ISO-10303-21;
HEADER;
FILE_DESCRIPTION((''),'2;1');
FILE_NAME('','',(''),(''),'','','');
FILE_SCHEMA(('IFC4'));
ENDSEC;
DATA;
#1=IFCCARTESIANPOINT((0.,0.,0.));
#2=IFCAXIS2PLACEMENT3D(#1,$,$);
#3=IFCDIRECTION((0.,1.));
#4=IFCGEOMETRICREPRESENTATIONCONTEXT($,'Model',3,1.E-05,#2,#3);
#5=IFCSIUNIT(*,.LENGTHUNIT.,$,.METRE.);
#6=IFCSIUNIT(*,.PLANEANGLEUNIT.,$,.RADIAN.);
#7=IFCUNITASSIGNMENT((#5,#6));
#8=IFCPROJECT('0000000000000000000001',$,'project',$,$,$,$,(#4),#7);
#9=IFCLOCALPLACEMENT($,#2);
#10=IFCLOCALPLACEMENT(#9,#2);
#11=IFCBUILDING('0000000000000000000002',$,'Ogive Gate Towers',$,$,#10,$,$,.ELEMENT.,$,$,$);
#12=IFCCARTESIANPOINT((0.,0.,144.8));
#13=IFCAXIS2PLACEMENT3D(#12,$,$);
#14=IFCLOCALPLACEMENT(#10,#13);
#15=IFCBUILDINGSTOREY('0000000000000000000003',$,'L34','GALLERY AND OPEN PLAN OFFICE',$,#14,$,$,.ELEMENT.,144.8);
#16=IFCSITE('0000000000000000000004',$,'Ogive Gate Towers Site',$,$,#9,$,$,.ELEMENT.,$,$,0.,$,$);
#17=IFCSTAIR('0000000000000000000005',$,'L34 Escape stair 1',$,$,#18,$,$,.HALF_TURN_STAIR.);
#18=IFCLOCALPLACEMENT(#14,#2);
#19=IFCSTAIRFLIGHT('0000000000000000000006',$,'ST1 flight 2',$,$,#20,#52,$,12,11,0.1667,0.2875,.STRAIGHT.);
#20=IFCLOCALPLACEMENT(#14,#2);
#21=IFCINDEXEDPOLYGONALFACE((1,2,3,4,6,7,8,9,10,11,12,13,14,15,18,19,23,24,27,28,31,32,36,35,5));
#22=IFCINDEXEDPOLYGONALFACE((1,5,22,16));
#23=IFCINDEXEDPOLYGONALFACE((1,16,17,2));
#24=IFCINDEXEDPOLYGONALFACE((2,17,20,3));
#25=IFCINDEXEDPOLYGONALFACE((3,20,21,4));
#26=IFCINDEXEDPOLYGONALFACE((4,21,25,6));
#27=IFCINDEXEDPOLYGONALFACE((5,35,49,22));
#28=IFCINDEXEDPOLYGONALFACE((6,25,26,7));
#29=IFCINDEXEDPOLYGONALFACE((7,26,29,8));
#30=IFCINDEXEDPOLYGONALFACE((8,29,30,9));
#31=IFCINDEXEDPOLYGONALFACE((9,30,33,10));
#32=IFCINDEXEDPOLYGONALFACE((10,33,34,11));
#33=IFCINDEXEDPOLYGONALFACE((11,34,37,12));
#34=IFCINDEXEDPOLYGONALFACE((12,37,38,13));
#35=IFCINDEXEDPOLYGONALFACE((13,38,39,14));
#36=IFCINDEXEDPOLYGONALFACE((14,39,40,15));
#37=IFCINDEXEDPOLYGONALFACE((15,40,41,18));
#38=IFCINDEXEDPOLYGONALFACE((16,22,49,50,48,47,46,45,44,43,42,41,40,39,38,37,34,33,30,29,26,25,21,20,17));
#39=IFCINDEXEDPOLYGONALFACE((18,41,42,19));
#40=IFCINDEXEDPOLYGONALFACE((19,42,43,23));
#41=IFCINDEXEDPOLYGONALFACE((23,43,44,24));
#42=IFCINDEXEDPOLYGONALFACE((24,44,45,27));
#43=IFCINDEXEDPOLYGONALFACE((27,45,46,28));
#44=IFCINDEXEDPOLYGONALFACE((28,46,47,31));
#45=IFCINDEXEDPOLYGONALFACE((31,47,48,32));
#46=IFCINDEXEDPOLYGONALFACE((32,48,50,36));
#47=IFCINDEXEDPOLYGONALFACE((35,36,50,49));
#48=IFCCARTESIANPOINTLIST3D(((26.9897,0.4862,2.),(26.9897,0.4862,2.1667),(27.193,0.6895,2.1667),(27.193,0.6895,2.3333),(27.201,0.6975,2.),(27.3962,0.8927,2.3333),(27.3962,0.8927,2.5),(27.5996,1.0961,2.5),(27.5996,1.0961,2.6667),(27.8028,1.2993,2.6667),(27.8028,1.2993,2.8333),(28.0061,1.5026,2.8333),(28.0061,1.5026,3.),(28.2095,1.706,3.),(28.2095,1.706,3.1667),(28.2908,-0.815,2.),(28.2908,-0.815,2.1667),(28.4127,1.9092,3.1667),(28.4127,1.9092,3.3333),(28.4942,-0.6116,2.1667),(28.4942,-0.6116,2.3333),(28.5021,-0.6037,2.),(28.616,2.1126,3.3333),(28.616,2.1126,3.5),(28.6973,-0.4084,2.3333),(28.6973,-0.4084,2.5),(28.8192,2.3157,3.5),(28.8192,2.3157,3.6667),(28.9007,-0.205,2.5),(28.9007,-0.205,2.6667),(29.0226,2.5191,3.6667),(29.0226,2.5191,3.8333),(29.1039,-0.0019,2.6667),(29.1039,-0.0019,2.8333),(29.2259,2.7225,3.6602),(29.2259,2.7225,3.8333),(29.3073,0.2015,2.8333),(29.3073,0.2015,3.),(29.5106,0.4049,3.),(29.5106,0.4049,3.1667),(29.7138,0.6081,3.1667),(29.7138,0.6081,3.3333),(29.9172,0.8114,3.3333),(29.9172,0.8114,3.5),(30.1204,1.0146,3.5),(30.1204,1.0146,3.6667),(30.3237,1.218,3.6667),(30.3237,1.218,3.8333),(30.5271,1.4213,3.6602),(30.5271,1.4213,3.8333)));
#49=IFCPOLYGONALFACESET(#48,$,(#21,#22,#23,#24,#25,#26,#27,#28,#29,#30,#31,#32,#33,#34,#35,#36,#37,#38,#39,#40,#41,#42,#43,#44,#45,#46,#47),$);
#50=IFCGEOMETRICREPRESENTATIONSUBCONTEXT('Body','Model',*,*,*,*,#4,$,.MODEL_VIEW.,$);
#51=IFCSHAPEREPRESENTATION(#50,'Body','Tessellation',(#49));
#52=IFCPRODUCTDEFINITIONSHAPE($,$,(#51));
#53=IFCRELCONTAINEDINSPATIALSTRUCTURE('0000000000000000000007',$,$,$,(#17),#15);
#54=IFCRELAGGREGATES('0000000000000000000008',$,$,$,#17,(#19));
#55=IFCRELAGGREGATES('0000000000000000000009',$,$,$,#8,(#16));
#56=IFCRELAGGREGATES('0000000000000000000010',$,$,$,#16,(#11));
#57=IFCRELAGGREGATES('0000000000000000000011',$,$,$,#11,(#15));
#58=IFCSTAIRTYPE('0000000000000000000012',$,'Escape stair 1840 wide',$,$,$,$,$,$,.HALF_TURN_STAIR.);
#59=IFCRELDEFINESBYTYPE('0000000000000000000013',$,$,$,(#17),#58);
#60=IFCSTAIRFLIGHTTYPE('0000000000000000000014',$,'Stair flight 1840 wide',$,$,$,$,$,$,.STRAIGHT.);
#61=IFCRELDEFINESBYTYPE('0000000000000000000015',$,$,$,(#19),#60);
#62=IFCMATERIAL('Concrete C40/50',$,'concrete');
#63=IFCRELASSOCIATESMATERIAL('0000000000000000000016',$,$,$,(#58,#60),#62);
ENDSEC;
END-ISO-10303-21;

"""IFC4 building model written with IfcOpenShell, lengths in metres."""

from ifc_helpers import new_model, si_unit, direction, frame, origin, place, context, subcontext, project, spatial, polyline, outline, extrude, material, type_object, element, aggregate, save


model = new_model("IFC4")

# Units and contexts
model_context = context("Model", 3, precision=1e-05, world=origin(), true_north=direction((0.0, 1.0)))
body_context = subcontext(model_context, "Body", "Model", "MODEL_VIEW")
ifc_project = project(units=[si_unit("LENGTHUNIT", "METRE"), si_unit("PLANEANGLEUNIT", "RADIAN")], contexts=[model_context])

# Site, building, storey
site_placement = place(None, origin())
site = spatial("IfcSite", under=ifc_project, at=site_placement, Name="Ogive Gate Towers Site", CompositionType="ELEMENT", RefElevation=0.0)
building_placement = place(site_placement, origin())
building = spatial("IfcBuilding", under=site, at=building_placement, Name="Ogive Gate Towers", CompositionType="ELEMENT")
storey_placement = place(building_placement, frame((0.0, 0.0, 144.8)))
storey = spatial("IfcBuildingStorey", under=building, at=storey_placement, Name="L34", Description="GALLERY AND OPEN PLAN OFFICE", CompositionType="ELEMENT", Elevation=144.8)

# Stair, stair flight
ifc_material_1 = material(Name="Concrete C40/50", Category="concrete")
stair_type = type_object("IfcStairType", Name="Escape stair 1840 wide", PredefinedType="HALF_TURN_STAIR", material=ifc_material_1)
stair_placement = place(storey_placement, origin())
stair = element("IfcStair", 1, at=stair_placement, inside=storey, type_object=stair_type, Name="L34 Escape stair 1", PredefinedType="HALF_TURN_STAIR")
stair_flight_type = type_object("IfcStairFlightType", Name="Stair flight 1840 wide", PredefinedType="STRAIGHT", material=ifc_material_1)
stair_flight_placement = place(storey_placement, frame((27.6401, -0.1643, 2.0), z_axis=(0.0, 0.0, 1.0), x_axis=(0.707107, 0.707107, 0.0)))
stair_flight = element("IfcStairFlight", 2, at=stair_flight_placement, type_object=stair_flight_type, Name="ST1 flight 2", NumberOfRisers=12, NumberOfTreads=11, PredefinedType="STRAIGHT", RiserHeight=0.1667, TreadLength=0.2875, context=body_context, shape_type="SweptSolid", body=[
    extrude(outline(polyline([(0.0, 0.0), (0.0, 0.1667), (0.2876, 0.1667), (0.2876, 0.3333), (0.575, 0.3333), (0.575, 0.5), (0.8625, 0.5), (0.8625, 0.6667), (1.1499, 0.6667), (1.1499, 0.8333), (1.4375, 0.8333), (1.4375, 1.0), (1.7251, 1.0), (1.7251, 1.1667), (2.0125, 1.1667), (2.0125, 1.3333), (2.3, 1.3333), (2.3, 1.5), (2.5874, 1.5), (2.5874, 1.6667), (2.875, 1.6667), (2.875, 1.8333), (3.1626, 1.8333), (3.1626, 2.0), (3.1626, 1.6602), (0.2988, 0.0), (0.0, 0.0)])), frame((0.0, 0.9199, 0.0), z_axis=(0.0, -1.0, 0.0), x_axis=(1.0, 0.0, 0.0)), (0.0, 0.0, 1.0), 1.8401),
])
aggregate(stair, [stair_flight])

save(model, "model.ifc")
